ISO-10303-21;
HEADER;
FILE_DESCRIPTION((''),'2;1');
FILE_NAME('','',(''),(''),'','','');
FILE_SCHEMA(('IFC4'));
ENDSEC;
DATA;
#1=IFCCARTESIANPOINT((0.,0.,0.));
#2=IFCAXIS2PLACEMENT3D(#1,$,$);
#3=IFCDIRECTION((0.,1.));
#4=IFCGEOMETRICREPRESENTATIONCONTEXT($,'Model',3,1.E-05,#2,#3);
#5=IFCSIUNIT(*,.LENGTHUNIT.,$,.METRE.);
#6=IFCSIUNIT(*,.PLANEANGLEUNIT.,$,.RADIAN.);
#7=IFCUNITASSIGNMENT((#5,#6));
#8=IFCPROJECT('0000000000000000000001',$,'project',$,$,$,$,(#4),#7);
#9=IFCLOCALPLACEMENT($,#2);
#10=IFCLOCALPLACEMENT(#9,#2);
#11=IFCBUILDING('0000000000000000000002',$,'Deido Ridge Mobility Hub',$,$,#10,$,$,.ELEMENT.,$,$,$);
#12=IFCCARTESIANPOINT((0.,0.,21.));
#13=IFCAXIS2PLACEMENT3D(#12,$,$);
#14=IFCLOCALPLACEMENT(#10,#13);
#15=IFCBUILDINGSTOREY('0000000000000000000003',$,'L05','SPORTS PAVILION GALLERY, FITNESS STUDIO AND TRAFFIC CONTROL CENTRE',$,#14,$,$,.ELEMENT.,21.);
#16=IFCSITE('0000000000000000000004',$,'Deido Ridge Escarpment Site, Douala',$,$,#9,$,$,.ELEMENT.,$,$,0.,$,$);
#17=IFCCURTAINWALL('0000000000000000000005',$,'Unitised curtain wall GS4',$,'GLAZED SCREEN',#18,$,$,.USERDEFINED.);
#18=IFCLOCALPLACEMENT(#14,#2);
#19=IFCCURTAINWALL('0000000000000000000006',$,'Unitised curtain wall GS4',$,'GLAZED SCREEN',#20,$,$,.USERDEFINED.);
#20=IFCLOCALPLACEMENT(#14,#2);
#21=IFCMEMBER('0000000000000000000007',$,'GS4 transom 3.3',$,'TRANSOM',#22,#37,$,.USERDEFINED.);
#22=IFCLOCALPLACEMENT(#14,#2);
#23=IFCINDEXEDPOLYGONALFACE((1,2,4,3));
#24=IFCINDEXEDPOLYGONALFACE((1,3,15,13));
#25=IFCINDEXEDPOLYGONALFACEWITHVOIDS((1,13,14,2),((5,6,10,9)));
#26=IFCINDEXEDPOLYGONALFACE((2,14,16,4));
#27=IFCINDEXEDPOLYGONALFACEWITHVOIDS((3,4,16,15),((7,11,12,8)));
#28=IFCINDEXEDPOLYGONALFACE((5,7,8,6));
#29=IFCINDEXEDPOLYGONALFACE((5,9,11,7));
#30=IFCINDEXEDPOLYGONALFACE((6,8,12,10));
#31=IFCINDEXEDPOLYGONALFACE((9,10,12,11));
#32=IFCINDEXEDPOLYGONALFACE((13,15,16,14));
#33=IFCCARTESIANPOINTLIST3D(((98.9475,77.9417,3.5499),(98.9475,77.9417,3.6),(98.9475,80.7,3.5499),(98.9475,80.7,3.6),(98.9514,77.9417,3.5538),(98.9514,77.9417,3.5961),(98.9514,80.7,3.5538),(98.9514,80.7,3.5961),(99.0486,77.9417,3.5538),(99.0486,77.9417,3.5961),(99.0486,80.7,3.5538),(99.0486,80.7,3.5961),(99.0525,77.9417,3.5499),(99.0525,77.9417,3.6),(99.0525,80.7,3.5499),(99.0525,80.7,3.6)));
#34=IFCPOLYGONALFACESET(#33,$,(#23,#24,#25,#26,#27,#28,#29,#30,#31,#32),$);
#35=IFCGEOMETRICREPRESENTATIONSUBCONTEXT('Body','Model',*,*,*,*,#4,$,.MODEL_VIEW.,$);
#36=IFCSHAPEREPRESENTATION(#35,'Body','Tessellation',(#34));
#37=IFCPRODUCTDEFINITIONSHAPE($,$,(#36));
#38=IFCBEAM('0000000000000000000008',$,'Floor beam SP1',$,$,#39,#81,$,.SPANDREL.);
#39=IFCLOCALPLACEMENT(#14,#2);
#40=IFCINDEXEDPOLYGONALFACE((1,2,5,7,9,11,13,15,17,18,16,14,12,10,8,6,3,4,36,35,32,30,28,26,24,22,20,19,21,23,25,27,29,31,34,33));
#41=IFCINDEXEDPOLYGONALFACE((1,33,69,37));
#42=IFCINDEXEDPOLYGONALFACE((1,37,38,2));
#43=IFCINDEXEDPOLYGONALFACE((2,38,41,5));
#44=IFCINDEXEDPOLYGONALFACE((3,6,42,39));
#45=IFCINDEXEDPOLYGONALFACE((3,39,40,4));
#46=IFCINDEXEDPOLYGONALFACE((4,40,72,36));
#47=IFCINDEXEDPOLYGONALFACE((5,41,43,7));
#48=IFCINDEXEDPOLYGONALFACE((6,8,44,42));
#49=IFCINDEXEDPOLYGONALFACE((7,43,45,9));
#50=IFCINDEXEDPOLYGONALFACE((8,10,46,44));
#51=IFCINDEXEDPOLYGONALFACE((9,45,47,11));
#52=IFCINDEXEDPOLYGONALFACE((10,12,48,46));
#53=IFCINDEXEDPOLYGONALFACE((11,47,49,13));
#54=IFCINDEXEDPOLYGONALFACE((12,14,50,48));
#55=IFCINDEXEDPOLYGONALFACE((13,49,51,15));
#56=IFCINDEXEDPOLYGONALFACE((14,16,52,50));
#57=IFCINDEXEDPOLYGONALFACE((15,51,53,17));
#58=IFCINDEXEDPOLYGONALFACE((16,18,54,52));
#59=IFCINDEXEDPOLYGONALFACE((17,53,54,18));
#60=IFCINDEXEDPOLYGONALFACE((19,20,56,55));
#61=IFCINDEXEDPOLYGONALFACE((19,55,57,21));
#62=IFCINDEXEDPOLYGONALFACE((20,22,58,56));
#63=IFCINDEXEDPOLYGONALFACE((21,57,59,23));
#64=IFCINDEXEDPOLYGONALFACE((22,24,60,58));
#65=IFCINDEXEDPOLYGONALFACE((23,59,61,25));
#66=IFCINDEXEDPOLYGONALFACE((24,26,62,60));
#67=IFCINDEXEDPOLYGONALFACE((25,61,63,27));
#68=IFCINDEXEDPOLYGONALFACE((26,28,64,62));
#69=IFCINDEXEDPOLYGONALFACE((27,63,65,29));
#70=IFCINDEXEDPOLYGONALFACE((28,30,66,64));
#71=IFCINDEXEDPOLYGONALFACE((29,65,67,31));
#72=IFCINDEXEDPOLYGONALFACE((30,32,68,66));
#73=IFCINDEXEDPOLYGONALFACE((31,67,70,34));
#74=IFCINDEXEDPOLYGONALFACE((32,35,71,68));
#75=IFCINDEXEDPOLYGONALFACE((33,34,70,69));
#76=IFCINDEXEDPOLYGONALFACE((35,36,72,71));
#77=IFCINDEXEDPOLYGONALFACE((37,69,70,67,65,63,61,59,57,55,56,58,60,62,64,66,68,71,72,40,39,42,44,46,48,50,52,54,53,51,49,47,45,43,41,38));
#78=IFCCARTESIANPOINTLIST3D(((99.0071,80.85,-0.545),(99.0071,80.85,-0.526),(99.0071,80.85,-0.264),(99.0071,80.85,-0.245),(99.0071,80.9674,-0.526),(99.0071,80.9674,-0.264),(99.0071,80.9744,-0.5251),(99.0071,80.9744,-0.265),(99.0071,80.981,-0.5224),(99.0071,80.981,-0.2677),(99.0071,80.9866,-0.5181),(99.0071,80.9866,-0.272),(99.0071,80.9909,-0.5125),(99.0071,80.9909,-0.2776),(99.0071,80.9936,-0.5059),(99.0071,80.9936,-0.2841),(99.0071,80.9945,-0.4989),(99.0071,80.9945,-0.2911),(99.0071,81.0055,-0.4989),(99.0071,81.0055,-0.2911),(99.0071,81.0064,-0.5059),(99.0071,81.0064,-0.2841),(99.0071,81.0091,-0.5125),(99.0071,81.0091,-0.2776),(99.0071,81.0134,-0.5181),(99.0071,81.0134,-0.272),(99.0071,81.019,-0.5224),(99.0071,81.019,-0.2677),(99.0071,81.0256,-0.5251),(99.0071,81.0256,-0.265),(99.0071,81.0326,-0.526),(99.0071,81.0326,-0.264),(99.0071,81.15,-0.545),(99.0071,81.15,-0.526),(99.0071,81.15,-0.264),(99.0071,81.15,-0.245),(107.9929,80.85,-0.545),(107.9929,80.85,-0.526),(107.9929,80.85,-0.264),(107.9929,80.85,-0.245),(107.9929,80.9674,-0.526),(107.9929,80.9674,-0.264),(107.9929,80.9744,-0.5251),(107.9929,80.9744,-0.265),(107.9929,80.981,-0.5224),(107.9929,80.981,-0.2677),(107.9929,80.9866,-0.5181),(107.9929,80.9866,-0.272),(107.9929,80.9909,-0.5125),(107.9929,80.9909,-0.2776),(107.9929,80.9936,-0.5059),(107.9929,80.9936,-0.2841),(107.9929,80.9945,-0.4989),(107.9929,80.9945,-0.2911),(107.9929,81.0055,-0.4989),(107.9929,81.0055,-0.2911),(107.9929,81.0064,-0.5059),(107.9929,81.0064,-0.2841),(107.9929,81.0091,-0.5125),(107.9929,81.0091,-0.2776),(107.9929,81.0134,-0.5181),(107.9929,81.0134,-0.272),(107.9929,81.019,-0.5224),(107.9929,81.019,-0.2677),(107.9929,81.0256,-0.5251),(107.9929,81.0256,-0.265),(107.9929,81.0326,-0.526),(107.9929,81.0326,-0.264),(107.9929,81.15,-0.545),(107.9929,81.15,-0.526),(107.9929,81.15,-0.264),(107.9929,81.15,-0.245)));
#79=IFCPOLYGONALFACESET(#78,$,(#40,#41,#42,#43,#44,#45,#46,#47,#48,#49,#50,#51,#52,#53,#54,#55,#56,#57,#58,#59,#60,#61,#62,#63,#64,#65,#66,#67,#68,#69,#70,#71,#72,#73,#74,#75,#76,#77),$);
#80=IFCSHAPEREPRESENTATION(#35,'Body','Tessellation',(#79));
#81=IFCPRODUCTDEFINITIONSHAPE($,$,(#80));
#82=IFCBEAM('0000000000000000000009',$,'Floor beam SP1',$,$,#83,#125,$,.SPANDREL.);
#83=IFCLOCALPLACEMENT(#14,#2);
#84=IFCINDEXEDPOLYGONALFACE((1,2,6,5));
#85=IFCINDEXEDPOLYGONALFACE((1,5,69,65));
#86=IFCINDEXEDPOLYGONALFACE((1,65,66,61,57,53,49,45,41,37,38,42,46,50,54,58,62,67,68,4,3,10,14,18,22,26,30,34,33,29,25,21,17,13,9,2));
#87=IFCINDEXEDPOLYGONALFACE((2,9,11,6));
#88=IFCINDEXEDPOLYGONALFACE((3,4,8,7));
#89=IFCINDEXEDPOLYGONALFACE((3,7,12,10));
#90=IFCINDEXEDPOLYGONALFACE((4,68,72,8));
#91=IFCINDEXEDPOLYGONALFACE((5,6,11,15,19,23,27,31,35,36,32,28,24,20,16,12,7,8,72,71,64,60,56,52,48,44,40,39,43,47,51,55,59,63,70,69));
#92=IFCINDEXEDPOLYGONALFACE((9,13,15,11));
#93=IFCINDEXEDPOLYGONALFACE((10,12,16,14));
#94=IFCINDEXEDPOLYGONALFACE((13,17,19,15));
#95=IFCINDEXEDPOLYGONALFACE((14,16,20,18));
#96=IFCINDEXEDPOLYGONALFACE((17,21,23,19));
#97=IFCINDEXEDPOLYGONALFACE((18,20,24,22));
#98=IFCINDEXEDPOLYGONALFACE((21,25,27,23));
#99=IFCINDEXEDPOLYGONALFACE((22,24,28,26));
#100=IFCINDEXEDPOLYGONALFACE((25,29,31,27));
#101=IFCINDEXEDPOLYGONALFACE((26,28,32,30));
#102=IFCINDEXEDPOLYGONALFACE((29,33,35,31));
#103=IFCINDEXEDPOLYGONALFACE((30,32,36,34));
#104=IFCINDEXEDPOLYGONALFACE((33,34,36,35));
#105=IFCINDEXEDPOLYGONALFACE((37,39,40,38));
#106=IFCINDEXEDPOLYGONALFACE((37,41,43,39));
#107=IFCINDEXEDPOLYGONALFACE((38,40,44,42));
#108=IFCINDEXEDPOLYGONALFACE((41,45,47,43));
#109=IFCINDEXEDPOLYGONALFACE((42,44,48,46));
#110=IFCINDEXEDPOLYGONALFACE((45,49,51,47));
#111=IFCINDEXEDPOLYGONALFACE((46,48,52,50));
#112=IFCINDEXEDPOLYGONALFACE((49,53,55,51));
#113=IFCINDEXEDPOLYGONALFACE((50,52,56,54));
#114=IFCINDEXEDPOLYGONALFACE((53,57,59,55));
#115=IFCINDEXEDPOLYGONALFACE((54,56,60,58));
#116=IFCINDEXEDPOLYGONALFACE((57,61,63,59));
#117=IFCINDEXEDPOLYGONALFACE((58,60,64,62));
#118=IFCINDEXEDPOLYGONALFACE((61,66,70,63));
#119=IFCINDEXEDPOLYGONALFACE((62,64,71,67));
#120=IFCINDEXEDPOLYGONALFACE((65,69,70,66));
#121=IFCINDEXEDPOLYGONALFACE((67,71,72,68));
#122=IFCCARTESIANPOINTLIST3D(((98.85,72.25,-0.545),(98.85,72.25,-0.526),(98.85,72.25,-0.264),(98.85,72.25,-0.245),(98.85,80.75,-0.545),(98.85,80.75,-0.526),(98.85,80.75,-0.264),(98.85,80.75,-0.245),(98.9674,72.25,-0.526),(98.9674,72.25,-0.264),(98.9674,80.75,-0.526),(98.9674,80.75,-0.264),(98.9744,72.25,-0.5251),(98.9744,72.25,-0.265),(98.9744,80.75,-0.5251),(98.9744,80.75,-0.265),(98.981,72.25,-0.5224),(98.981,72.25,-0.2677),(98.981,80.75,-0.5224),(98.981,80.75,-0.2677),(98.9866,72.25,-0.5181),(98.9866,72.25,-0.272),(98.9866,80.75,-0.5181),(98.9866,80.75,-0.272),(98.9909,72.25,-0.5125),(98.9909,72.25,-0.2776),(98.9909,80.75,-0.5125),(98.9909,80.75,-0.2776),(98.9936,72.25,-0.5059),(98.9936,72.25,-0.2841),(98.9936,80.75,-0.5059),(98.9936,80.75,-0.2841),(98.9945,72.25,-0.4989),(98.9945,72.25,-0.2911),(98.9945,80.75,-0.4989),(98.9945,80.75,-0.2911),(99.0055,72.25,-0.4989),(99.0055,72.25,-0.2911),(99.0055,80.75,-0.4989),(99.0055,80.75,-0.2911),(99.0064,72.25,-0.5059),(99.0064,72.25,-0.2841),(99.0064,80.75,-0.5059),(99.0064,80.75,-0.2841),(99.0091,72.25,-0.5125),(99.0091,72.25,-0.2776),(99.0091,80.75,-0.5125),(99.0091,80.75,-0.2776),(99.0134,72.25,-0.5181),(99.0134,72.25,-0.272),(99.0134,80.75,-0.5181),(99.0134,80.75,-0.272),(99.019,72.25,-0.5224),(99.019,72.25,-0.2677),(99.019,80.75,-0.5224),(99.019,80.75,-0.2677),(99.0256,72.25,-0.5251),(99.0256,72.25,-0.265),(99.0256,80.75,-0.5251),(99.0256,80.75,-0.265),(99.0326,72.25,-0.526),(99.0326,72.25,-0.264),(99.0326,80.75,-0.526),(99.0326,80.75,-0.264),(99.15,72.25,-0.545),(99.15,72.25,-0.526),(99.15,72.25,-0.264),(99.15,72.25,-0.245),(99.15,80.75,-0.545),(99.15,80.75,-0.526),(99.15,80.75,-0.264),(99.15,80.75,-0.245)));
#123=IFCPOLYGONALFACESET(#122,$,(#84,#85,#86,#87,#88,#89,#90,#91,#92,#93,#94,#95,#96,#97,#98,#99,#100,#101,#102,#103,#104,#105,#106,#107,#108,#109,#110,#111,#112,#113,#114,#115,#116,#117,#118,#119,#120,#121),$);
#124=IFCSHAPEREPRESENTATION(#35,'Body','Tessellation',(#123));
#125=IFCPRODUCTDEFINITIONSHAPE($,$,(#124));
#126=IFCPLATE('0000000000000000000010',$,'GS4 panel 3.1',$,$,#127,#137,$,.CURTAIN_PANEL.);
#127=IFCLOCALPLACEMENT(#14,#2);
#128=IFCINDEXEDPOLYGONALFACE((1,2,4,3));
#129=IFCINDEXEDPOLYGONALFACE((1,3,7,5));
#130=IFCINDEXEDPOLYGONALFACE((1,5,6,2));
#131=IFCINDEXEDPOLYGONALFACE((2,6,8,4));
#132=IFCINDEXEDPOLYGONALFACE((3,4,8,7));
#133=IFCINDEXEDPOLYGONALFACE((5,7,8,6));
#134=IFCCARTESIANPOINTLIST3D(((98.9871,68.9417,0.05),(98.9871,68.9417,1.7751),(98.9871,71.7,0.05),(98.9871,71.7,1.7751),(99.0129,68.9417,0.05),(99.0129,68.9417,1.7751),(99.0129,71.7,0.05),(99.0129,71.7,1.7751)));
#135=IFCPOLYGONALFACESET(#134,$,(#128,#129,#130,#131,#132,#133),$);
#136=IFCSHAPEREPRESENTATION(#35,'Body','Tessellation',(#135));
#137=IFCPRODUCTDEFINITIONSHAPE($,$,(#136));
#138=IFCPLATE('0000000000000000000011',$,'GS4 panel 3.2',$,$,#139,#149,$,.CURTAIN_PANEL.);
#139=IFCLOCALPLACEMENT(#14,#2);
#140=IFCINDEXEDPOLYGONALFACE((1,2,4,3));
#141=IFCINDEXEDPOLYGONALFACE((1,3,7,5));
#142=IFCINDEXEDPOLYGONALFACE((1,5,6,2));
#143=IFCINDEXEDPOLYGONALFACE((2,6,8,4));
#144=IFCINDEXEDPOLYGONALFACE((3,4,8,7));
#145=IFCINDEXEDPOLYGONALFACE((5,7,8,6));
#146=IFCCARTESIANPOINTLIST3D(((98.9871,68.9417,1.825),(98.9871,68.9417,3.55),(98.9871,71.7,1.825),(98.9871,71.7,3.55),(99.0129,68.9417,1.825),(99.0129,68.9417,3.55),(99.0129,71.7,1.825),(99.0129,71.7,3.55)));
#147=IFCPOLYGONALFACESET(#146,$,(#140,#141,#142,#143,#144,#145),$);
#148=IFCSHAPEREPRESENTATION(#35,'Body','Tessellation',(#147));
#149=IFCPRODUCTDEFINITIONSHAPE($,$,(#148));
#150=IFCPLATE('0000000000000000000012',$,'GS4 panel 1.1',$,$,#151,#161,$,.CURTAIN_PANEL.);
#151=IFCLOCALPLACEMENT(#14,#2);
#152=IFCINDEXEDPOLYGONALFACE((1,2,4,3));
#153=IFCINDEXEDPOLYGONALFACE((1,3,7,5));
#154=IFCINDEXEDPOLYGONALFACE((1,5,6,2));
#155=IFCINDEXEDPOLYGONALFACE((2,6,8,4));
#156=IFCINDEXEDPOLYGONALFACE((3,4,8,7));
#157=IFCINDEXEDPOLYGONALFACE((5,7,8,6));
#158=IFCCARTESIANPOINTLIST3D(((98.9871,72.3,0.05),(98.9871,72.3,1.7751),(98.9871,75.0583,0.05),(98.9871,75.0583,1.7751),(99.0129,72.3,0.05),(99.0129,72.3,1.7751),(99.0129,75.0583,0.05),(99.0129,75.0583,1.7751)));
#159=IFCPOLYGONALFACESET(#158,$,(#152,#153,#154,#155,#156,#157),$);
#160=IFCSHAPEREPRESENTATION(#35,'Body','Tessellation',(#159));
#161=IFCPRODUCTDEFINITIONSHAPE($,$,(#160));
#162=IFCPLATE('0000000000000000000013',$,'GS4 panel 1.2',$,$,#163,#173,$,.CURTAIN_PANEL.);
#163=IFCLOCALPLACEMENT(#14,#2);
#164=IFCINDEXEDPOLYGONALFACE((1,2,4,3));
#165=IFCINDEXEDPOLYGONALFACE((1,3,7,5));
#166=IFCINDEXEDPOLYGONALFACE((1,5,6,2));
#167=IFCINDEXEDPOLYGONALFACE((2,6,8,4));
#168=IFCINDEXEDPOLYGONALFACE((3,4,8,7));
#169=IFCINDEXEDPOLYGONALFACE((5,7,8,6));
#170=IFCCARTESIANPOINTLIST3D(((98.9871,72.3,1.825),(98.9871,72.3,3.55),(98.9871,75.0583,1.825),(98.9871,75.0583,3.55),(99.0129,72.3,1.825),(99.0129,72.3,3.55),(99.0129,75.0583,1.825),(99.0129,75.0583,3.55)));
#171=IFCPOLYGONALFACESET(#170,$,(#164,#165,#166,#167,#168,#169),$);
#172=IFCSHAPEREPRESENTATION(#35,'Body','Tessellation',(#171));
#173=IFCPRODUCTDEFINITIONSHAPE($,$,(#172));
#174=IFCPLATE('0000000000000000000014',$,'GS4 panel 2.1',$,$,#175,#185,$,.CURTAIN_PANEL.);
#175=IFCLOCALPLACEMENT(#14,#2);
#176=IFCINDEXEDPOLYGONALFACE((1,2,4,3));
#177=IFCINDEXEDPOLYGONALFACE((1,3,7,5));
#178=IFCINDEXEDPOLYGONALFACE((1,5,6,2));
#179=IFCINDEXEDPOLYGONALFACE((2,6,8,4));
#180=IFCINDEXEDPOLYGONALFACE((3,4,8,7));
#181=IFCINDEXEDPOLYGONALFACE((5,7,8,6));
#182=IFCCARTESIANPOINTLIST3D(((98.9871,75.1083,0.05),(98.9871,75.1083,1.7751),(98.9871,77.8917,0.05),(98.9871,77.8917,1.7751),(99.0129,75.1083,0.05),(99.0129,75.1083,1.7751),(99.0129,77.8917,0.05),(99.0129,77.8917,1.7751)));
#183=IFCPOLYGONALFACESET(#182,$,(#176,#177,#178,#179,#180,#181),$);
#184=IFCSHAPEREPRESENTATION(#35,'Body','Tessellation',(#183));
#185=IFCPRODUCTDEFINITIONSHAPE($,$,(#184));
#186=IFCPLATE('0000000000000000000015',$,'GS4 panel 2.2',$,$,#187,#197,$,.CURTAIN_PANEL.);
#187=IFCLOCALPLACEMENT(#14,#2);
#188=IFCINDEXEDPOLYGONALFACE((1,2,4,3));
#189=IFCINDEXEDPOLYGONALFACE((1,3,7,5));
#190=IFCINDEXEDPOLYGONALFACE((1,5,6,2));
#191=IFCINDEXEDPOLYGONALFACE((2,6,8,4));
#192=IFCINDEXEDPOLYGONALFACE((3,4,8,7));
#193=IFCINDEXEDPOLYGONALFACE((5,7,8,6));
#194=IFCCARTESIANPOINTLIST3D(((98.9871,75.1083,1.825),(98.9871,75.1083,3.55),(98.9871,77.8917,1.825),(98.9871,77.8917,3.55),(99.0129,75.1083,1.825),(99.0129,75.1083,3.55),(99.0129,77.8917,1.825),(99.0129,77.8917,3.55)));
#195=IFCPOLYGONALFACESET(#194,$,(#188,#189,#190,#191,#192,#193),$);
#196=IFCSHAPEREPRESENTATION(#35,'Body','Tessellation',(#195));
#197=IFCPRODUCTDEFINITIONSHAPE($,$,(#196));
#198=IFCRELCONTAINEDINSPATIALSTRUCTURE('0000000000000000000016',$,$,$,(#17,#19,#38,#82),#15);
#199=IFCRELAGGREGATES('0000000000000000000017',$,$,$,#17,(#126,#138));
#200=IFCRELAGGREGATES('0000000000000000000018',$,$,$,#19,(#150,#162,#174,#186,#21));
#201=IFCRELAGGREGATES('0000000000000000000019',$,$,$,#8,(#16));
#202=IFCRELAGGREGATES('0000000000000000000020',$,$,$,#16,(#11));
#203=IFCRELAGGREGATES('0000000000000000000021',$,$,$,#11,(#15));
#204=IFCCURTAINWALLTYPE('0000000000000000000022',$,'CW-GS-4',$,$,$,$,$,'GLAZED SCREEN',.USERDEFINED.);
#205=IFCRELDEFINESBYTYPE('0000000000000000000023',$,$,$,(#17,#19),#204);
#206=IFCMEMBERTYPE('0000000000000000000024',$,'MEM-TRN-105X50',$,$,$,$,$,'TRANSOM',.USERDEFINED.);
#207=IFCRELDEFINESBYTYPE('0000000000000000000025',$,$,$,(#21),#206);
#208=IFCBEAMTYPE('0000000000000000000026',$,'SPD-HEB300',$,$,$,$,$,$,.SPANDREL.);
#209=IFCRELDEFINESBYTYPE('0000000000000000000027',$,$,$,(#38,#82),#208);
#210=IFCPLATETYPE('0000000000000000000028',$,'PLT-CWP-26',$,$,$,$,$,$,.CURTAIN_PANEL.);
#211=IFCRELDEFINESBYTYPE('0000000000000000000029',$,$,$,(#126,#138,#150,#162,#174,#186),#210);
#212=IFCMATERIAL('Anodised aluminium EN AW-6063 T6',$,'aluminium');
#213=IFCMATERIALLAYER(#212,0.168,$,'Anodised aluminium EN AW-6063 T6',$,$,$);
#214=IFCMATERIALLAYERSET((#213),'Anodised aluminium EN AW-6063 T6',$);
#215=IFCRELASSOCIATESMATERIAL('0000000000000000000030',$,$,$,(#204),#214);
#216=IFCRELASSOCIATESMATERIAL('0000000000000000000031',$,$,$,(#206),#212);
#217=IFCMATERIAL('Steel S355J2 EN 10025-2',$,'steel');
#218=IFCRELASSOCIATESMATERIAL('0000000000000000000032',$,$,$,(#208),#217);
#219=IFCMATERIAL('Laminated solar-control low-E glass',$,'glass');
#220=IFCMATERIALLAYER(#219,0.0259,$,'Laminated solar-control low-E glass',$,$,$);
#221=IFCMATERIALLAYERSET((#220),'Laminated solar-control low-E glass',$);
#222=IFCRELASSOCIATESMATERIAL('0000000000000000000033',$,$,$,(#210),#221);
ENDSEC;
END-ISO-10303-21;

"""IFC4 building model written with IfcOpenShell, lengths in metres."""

from ifc_helpers import new_model, si_unit, direction, frame, origin, origin_2d, place, context, subcontext, project, spatial, rectangle, hollow_rectangle, i_section, extrude, material, layer, layer_set, material_profile, profile_set, type_object, element, aggregate, save


model = new_model("IFC4")

# Units and contexts
model_context = context("Model", 3, precision=1e-05, world=origin(), true_north=direction((0.0, 1.0)))
body_context = subcontext(model_context, "Body", "Model", "MODEL_VIEW")
ifc_project = project(units=[si_unit("LENGTHUNIT", "METRE"), si_unit("PLANEANGLEUNIT", "RADIAN")], contexts=[model_context])

# Site, building, storey
site_placement = place(None, origin())
site = spatial("IfcSite", under=ifc_project, at=site_placement, Name="Deido Ridge Escarpment Site, Douala", CompositionType="ELEMENT", RefElevation=0.0)
building_placement = place(site_placement, origin())
building = spatial("IfcBuilding", under=site, at=building_placement, Name="Deido Ridge Mobility Hub", CompositionType="ELEMENT")
storey_placement = place(building_placement, frame((0.0, 0.0, 21.0)))
storey = spatial("IfcBuildingStorey", under=building, at=storey_placement, Name="L05", Description="SPORTS PAVILION GALLERY, FITNESS STUDIO AND TRAFFIC CONTROL CENTRE", CompositionType="ELEMENT", Elevation=21.0)

# Shared definitions
ifc_material_1 = material(Name="Steel S355J2 EN 10025-2", Category="steel")

# Curtain walls
ifc_material_2 = material(Name="Anodised aluminium EN AW-6063 T6", Category="aluminium")
ifc_layer_1 = layer(ifc_material_2, 0.168, Name="Anodised aluminium EN AW-6063 T6")
ifc_layer_set_1 = layer_set([ifc_layer_1], Name="Anodised aluminium EN AW-6063 T6")
curtain_wall_type = type_object("IfcCurtainWallType", Name="CW-GS-4", ElementType="GLAZED SCREEN", PredefinedType="USERDEFINED", material=ifc_layer_set_1)
curtain_wall_1_placement = place(storey_placement, origin())
curtain_wall_1 = element("IfcCurtainWall", 1, at=curtain_wall_1_placement, inside=storey, type_object=curtain_wall_type, Name="Unitised curtain wall GS4", ObjectType="GLAZED SCREEN", PredefinedType="USERDEFINED")
curtain_wall_2_placement = place(storey_placement, origin())
curtain_wall_2 = element("IfcCurtainWall", 2, at=curtain_wall_2_placement, inside=storey, type_object=curtain_wall_type, Name="Unitised curtain wall GS4", ObjectType="GLAZED SCREEN", PredefinedType="USERDEFINED")

# Member
ifc_material_profile_1 = material_profile(ifc_material_2, hollow_rectangle(XDim=0.105, YDim=0.05, WallThickness=0.0039, at=origin_2d()), Name="RHS 105x50x4")
ifc_profile_set_1 = profile_set([ifc_material_profile_1], Name="Anodised aluminium EN AW-6063 T6")
member_type_1 = type_object("IfcMemberType", Name="MEM-TRN-105X50", ElementType="TRANSOM", PredefinedType="USERDEFINED", material=ifc_profile_set_1)
member_1_placement = place(storey_placement, frame((99.0, 77.9417, 3.575), z_axis=(0.0, 1.0, 0.0), x_axis=(-1.0, 0.0, 0.0)))
member_1 = element("IfcMember", 3, at=member_1_placement, type_object=member_type_1, Name="GS4 transom 3.3", ObjectType="TRANSOM", PredefinedType="USERDEFINED", context=body_context, shape_type="SweptSolid", body=[
    extrude(hollow_rectangle(XDim=0.105, YDim=0.05, WallThickness=0.0039, at=origin_2d()), origin(), (0.0, 0.0, 1.0), 2.7583),
])

# Beams
ifc_material_profile_2 = material_profile(ifc_material_1, i_section(OverallWidth=0.3, OverallDepth=0.3, WebThickness=0.011, FlangeThickness=0.019, FilletRadius=0.0271, at=origin_2d()), Name="HEB 300")
ifc_profile_set_2 = profile_set([ifc_material_profile_2], Name="Steel S355J2 EN 10025-2")
beam_type = type_object("IfcBeamType", Name="SPD-HEB300", PredefinedType="SPANDREL", material=ifc_profile_set_2)
beam_1_placement = place(storey_placement, frame((99.0071, 81.0, -0.395), z_axis=(1.0, 0.0, 0.0), x_axis=(0.0, 1.0, 0.0)))
element("IfcBeam", 4, at=beam_1_placement, inside=storey, type_object=beam_type, Name="Floor beam SP1", PredefinedType="SPANDREL", context=body_context, shape_type="SweptSolid", body=[
    extrude(i_section(OverallWidth=0.3, OverallDepth=0.3, WebThickness=0.011, FlangeThickness=0.019, FilletRadius=0.0271, at=origin_2d()), origin(), (0.0, 0.0, 1.0), 8.9858),
])
beam_2_placement = place(storey_placement, frame((99.0, 72.25, -0.395), z_axis=(0.0, 1.0, 0.0), x_axis=(-1.0, 0.0, 0.0)))
element("IfcBeam", 5, at=beam_2_placement, inside=storey, type_object=beam_type, Name="Floor beam SP1", PredefinedType="SPANDREL", context=body_context, shape_type="SweptSolid", body=[
    extrude(i_section(OverallWidth=0.3, OverallDepth=0.3, WebThickness=0.011, FlangeThickness=0.019, FilletRadius=0.0271, at=origin_2d()), origin(), (0.0, 0.0, 1.0), 8.5),
])

# Plates
ifc_material_3 = material(Name="Laminated solar-control low-E glass", Category="glass")
ifc_layer_2 = layer(ifc_material_3, 0.0259, Name="Laminated solar-control low-E glass")
ifc_layer_set_2 = layer_set([ifc_layer_2], Name="Laminated solar-control low-E glass")
plate_type = type_object("IfcPlateType", Name="PLT-CWP-26", PredefinedType="CURTAIN_PANEL", material=ifc_layer_set_2)
plate_1_placement = place(storey_placement, frame((99.0, 70.3208, 0.05), z_axis=(0.0, 0.0, 1.0), x_axis=(0.0, 1.0, 0.0)))
plate_1 = element("IfcPlate", 6, at=plate_1_placement, type_object=plate_type, Name="GS4 panel 3.1", PredefinedType="CURTAIN_PANEL", context=body_context, shape_type="SweptSolid", body=[
    extrude(rectangle(XDim=2.7583, YDim=0.0259, at=origin_2d()), origin(), (0.0, 0.0, 1.0), 1.7251),
])
plate_2_placement = place(storey_placement, frame((99.0, 70.3208, 1.825), z_axis=(0.0, 0.0, 1.0), x_axis=(0.0, 1.0, 0.0)))
plate_2 = element("IfcPlate", 7, at=plate_2_placement, type_object=plate_type, Name="GS4 panel 3.2", PredefinedType="CURTAIN_PANEL", context=body_context, shape_type="SweptSolid", body=[
    extrude(rectangle(XDim=2.7583, YDim=0.0259, at=origin_2d()), origin(), (0.0, 0.0, 1.0), 1.7251),
])
aggregate(curtain_wall_1, [plate_1, plate_2])
plate_3_placement = place(storey_placement, frame((99.0, 73.6792, 0.05), z_axis=(0.0, 0.0, 1.0), x_axis=(0.0, 1.0, 0.0)))
plate_3 = element("IfcPlate", 8, at=plate_3_placement, type_object=plate_type, Name="GS4 panel 1.1", PredefinedType="CURTAIN_PANEL", context=body_context, shape_type="SweptSolid", body=[
    extrude(rectangle(XDim=2.7583, YDim=0.0259, at=origin_2d()), origin(), (0.0, 0.0, 1.0), 1.7251),
])
plate_4_placement = place(storey_placement, frame((99.0, 73.6792, 1.825), z_axis=(0.0, 0.0, 1.0), x_axis=(0.0, 1.0, 0.0)))
plate_4 = element("IfcPlate", 9, at=plate_4_placement, type_object=plate_type, Name="GS4 panel 1.2", PredefinedType="CURTAIN_PANEL", context=body_context, shape_type="SweptSolid", body=[
    extrude(rectangle(XDim=2.7583, YDim=0.0259, at=origin_2d()), origin(), (0.0, 0.0, 1.0), 1.7251),
])
plate_5_placement = place(storey_placement, frame((99.0, 76.5, 0.05), z_axis=(0.0, 0.0, 1.0), x_axis=(0.0, 1.0, 0.0)))
plate_5 = element("IfcPlate", 10, at=plate_5_placement, type_object=plate_type, Name="GS4 panel 2.1", PredefinedType="CURTAIN_PANEL", context=body_context, shape_type="SweptSolid", body=[
    extrude(rectangle(XDim=2.7834, YDim=0.0259, at=origin_2d()), origin(), (0.0, 0.0, 1.0), 1.7251),
])
plate_6_placement = place(storey_placement, frame((99.0, 76.5, 1.825), z_axis=(0.0, 0.0, 1.0), x_axis=(0.0, 1.0, 0.0)))
plate_6 = element("IfcPlate", 11, at=plate_6_placement, type_object=plate_type, Name="GS4 panel 2.2", PredefinedType="CURTAIN_PANEL", context=body_context, shape_type="SweptSolid", body=[
    extrude(rectangle(XDim=2.7834, YDim=0.0259, at=origin_2d()), origin(), (0.0, 0.0, 1.0), 1.7251),
])
aggregate(curtain_wall_2, [plate_3, plate_4, plate_5, plate_6, member_1])

save(model, "model.ifc")
